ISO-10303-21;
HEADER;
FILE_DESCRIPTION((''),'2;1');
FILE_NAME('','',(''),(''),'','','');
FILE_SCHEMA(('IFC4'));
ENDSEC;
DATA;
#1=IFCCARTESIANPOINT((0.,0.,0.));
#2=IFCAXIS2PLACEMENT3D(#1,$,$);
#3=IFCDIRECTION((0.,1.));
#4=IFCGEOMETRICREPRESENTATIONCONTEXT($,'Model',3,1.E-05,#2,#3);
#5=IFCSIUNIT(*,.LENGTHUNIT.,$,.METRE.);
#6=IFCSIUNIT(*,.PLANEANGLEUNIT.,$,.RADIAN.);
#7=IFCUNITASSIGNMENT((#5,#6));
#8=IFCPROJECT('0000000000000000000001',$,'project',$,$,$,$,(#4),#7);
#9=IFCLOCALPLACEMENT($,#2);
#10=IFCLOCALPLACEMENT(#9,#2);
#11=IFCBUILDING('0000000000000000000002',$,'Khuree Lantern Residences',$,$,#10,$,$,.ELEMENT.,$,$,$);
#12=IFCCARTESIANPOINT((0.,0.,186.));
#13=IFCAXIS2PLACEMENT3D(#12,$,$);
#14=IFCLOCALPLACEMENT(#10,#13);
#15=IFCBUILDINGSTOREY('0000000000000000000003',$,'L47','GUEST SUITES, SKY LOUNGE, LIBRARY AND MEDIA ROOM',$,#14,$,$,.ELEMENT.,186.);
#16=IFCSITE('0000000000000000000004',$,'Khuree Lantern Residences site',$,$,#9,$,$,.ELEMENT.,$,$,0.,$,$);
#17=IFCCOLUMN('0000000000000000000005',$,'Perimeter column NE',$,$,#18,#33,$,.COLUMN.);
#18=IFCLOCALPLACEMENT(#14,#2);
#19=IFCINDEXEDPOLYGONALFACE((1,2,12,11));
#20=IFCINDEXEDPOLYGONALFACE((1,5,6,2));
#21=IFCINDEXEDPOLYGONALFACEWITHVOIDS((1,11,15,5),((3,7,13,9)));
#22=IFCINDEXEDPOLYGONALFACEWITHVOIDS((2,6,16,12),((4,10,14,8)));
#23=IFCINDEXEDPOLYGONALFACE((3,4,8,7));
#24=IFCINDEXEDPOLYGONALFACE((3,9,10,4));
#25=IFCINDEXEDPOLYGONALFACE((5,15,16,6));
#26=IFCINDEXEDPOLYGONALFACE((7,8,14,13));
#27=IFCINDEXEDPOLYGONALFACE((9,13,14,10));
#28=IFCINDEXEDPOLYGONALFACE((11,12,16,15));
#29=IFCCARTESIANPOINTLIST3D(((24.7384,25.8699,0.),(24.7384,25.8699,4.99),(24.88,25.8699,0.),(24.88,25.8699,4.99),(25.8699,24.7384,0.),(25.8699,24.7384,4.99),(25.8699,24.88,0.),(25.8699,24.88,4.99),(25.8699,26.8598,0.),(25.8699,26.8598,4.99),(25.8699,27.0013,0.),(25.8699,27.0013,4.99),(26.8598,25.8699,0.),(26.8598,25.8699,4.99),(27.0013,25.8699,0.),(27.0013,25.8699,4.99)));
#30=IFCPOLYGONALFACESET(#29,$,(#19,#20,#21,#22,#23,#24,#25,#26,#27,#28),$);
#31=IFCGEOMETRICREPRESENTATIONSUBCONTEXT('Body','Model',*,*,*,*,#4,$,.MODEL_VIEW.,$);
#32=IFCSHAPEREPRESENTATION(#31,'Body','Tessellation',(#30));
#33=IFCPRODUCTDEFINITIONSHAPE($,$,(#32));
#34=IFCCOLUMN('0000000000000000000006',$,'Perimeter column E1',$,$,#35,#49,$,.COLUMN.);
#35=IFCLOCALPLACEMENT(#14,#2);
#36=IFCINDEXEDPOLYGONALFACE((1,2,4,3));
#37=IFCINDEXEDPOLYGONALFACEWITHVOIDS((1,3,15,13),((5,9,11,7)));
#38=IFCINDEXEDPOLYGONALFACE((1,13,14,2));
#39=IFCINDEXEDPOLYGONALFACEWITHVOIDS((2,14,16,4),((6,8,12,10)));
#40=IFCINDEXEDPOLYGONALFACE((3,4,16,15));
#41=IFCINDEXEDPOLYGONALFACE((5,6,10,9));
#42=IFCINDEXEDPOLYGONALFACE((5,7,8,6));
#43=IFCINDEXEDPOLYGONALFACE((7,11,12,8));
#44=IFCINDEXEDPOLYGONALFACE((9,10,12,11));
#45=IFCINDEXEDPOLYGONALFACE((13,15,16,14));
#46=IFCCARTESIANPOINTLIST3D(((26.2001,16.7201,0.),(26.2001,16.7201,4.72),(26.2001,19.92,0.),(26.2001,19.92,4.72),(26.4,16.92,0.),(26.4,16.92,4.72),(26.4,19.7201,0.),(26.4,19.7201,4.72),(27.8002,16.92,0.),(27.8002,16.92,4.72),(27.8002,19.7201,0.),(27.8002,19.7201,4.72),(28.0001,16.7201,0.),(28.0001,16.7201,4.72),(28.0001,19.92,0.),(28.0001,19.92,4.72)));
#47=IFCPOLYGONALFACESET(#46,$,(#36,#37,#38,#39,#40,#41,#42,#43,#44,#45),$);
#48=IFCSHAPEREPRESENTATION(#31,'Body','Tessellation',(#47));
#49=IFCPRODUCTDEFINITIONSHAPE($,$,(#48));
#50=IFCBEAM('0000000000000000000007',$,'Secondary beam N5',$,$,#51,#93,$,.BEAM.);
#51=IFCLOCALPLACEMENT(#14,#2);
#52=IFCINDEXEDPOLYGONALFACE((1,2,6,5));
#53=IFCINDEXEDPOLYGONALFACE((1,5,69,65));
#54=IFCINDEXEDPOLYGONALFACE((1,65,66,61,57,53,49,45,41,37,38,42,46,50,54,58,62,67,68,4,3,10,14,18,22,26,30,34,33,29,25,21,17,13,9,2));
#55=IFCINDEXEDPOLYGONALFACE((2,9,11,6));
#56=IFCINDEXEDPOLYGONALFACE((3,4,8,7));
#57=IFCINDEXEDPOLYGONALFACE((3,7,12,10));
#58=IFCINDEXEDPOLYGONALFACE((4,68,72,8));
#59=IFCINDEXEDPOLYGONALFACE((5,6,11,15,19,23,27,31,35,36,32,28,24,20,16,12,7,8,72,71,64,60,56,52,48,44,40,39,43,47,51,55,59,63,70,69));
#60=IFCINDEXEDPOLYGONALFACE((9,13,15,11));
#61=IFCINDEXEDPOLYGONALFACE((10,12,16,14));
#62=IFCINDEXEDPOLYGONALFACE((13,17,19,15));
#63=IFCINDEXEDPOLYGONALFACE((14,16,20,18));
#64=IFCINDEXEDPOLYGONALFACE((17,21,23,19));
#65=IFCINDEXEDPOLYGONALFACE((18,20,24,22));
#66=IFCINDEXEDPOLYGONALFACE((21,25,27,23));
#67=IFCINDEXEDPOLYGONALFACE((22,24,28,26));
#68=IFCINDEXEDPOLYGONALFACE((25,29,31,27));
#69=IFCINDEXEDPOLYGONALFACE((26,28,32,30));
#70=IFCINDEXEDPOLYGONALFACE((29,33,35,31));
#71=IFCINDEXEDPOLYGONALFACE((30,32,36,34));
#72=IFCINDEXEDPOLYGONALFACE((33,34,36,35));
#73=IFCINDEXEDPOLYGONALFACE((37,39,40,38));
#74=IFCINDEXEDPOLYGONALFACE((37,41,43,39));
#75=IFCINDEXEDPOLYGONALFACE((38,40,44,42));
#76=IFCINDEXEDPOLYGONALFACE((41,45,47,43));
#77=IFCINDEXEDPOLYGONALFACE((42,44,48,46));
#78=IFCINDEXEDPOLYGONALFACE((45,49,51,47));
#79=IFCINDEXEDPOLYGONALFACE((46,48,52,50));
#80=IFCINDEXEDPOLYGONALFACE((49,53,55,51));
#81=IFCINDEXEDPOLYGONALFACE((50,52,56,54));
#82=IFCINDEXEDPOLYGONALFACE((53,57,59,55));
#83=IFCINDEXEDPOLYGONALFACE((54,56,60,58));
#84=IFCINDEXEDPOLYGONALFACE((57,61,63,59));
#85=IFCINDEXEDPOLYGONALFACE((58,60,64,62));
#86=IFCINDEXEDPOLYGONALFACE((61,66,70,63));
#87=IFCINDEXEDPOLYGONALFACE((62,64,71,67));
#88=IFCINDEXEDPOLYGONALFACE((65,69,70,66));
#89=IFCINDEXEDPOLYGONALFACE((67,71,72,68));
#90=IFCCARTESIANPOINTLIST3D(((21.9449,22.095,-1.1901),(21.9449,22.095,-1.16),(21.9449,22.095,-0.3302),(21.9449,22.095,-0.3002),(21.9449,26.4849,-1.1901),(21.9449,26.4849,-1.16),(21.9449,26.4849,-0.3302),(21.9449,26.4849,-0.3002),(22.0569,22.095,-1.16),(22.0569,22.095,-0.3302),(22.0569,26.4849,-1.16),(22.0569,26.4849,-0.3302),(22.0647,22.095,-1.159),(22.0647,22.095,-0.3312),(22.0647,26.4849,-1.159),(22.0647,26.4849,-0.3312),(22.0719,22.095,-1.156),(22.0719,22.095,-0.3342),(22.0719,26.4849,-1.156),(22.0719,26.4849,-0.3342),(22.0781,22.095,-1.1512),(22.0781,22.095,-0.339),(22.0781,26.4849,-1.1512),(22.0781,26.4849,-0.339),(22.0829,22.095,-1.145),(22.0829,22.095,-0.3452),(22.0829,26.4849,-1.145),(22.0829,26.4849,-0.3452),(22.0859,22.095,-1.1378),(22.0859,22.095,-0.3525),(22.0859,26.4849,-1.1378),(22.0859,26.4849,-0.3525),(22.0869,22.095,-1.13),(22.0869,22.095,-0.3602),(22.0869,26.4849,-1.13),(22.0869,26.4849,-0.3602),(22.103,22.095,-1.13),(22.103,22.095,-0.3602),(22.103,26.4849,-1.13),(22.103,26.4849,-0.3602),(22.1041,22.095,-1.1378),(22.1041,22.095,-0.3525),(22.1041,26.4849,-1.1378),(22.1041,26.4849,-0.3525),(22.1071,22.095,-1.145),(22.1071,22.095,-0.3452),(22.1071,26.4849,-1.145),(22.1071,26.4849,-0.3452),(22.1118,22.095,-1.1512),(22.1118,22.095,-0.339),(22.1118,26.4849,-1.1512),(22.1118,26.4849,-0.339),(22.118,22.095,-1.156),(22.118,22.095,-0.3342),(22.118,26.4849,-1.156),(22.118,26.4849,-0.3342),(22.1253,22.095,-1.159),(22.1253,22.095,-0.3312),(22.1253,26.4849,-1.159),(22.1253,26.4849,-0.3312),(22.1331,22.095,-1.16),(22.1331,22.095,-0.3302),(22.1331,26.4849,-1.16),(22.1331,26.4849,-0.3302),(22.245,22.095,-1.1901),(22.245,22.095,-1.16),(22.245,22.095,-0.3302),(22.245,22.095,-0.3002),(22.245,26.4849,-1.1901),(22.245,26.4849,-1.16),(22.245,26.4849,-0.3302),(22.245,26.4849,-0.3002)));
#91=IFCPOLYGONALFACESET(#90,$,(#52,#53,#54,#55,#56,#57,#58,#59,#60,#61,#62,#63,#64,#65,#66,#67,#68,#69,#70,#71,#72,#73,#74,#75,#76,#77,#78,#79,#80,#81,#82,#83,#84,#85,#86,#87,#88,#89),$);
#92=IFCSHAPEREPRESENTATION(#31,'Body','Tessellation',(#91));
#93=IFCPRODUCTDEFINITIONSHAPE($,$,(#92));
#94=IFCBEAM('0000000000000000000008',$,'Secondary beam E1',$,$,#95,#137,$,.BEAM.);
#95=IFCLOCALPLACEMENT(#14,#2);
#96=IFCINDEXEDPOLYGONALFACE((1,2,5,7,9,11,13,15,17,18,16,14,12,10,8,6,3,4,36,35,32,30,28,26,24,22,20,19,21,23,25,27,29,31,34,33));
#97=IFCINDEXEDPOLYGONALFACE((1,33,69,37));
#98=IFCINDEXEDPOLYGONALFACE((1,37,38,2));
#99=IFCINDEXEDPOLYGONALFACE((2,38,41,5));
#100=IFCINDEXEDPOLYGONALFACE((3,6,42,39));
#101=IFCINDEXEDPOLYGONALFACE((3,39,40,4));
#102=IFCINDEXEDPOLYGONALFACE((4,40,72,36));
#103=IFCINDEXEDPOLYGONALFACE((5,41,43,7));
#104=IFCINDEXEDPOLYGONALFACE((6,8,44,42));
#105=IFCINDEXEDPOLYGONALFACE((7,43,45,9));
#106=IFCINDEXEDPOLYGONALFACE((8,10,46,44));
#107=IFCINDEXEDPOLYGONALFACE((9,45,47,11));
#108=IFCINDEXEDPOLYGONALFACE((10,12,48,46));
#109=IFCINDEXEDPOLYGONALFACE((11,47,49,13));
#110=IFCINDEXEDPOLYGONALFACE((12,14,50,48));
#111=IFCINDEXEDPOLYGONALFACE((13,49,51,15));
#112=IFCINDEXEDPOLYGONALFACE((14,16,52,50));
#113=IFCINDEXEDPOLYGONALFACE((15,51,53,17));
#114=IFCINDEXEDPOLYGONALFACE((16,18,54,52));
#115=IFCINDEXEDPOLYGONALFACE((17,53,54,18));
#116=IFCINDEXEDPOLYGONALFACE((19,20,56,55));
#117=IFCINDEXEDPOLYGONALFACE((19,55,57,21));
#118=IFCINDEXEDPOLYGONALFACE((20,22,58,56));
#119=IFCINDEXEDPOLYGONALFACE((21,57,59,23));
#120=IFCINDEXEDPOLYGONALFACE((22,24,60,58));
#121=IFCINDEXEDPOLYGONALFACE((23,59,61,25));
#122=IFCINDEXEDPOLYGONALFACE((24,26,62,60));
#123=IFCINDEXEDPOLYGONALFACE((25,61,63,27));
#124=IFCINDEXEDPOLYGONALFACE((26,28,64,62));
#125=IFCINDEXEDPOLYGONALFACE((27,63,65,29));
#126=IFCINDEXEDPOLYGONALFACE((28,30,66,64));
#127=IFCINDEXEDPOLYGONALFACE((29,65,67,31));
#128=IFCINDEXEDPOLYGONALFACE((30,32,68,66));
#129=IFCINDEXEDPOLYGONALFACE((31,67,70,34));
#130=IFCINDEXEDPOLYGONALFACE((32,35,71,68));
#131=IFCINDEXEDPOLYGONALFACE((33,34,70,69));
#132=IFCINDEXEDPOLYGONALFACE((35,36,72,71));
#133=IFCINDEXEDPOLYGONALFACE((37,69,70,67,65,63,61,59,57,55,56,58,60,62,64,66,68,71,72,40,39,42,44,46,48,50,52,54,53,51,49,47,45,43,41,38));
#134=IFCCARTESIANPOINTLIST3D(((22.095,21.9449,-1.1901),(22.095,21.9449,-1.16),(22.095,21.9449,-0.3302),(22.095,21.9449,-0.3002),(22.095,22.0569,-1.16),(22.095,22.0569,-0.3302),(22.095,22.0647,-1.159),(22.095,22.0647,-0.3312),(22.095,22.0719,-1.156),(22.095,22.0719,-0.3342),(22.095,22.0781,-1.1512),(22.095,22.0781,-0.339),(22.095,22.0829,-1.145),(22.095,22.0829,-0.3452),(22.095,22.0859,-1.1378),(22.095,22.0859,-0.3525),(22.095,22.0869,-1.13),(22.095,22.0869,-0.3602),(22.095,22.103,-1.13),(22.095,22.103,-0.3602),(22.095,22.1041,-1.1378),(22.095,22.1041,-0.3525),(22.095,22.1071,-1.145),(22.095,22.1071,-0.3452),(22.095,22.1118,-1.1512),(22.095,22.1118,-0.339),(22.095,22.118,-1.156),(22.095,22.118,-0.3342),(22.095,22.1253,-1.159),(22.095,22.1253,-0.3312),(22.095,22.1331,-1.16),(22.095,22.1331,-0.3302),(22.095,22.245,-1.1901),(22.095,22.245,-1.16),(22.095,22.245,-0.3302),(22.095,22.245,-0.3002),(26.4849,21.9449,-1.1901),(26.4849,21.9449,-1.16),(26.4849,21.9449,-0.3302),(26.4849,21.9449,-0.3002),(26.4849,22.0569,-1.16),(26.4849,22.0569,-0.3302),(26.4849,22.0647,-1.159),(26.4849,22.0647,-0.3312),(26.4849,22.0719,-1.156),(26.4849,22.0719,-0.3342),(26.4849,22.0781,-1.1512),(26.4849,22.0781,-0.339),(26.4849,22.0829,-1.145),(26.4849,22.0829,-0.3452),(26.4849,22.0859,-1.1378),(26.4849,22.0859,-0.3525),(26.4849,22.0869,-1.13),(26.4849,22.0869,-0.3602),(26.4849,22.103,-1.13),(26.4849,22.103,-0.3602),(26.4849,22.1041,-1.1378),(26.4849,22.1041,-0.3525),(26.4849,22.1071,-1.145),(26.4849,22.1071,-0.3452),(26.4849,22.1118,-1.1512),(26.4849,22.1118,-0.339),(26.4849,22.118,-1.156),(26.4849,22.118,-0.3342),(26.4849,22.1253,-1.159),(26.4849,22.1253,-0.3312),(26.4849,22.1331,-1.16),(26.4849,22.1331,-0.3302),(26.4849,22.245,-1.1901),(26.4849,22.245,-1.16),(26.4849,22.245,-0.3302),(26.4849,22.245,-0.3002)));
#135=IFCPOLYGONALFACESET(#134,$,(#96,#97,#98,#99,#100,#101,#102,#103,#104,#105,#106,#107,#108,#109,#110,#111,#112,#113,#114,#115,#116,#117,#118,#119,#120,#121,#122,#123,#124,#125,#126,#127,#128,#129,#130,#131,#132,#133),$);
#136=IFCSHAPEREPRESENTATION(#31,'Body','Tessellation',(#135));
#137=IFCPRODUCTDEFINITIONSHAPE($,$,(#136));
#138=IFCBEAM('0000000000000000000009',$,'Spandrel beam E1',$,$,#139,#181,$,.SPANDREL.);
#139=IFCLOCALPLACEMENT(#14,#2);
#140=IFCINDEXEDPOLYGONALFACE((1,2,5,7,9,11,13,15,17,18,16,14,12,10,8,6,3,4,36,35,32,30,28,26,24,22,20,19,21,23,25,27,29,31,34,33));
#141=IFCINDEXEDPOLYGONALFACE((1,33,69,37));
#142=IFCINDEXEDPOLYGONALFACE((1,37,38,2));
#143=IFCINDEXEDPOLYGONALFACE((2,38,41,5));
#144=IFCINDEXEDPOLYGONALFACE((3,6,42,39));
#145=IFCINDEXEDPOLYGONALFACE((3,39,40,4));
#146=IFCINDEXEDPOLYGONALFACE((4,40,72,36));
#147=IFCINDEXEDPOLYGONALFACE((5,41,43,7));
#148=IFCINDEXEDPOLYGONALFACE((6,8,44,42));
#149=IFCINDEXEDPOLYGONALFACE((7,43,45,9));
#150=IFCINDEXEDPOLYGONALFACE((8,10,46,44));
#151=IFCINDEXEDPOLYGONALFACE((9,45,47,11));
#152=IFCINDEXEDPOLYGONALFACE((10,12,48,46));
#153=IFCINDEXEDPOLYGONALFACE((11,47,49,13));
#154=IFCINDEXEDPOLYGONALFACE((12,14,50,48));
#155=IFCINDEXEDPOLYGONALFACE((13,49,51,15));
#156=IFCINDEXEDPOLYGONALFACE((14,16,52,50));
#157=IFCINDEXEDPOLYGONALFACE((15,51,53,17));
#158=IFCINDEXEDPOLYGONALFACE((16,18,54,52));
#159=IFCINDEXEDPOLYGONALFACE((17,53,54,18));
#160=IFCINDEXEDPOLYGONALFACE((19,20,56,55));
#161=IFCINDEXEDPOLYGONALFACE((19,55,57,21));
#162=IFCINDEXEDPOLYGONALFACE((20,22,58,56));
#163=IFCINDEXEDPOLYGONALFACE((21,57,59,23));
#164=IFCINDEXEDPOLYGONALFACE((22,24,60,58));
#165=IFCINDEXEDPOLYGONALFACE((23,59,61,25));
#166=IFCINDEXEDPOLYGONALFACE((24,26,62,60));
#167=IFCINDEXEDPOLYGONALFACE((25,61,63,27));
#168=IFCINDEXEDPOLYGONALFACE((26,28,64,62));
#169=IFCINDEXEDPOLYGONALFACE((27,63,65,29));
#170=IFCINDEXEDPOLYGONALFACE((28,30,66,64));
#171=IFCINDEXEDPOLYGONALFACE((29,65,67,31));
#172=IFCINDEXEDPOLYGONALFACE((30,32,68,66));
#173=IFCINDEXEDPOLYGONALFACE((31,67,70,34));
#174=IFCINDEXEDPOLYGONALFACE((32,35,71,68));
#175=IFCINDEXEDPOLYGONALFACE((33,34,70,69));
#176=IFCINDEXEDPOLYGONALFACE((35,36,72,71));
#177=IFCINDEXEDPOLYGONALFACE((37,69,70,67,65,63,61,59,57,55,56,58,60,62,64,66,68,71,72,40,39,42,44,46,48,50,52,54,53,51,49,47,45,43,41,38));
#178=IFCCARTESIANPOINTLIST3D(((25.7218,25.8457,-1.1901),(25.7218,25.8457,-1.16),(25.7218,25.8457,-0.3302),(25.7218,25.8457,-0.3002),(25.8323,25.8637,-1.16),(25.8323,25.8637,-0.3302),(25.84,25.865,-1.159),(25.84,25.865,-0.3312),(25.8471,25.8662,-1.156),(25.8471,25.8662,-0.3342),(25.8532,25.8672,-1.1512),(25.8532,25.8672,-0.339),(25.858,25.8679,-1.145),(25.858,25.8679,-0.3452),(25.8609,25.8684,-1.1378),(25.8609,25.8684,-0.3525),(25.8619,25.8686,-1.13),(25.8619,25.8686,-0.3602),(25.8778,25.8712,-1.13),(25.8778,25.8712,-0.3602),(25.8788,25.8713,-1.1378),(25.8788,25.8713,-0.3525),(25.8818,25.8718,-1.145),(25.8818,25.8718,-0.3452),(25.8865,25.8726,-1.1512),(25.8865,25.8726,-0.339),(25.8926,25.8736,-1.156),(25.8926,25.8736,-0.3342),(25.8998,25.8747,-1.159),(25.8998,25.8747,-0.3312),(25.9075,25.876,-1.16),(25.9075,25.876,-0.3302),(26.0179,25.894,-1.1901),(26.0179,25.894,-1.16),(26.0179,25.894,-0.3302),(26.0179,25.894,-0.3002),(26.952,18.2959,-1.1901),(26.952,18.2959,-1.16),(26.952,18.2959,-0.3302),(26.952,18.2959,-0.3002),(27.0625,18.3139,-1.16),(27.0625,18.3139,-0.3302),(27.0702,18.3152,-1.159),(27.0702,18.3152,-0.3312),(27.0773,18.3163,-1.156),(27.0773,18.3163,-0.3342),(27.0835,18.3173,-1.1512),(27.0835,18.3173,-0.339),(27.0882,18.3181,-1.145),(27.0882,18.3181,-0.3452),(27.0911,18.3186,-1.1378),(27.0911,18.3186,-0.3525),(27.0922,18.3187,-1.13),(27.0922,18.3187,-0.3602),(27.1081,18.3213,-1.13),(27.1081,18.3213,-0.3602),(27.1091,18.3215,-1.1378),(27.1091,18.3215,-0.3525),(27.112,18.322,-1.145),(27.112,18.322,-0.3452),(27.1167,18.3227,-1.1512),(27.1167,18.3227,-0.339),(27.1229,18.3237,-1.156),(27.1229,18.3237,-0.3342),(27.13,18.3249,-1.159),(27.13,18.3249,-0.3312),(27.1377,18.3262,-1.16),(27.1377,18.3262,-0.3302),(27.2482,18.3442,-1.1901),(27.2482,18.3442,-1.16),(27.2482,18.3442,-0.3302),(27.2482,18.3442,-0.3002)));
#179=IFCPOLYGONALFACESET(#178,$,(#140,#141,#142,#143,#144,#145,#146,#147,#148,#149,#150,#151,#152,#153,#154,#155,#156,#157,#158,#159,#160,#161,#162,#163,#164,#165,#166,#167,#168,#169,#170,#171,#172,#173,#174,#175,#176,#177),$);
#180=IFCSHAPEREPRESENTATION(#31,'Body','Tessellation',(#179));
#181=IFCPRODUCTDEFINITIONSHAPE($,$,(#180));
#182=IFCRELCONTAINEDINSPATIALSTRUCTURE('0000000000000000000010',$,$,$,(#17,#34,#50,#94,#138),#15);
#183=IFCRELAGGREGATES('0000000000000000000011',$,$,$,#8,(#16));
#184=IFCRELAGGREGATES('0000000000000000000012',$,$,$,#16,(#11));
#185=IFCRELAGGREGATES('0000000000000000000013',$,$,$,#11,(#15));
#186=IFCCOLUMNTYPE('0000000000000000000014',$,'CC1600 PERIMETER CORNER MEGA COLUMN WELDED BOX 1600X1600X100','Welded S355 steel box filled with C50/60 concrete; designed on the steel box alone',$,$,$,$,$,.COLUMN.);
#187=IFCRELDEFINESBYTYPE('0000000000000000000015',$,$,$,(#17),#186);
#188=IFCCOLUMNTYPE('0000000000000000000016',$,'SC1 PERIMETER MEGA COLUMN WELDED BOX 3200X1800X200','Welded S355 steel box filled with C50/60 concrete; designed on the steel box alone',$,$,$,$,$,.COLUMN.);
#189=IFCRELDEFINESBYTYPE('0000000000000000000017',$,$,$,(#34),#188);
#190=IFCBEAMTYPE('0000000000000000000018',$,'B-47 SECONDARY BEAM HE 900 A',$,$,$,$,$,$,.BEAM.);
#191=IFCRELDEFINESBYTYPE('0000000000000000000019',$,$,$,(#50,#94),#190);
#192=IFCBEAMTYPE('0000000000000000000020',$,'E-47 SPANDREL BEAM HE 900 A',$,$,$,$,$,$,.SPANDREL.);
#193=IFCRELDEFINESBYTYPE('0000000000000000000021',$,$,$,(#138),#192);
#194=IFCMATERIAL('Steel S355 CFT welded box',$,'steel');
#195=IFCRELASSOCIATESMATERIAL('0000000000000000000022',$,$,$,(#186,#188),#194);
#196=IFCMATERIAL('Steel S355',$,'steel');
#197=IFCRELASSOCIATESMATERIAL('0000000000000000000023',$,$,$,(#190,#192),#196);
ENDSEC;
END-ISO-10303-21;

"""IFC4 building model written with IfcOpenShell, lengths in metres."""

from ifc_helpers import new_model, si_unit, direction, frame, origin, origin_2d, place, context, subcontext, project, spatial, hollow_rectangle, i_section, extrude, material, material_profile, profile_set, type_object, element, save


model = new_model("IFC4")

# Units and contexts
model_context = context("Model", 3, precision=1e-05, world=origin(), true_north=direction((0.0, 1.0)))
body_context = subcontext(model_context, "Body", "Model", "MODEL_VIEW")
ifc_project = project(units=[si_unit("LENGTHUNIT", "METRE"), si_unit("PLANEANGLEUNIT", "RADIAN")], contexts=[model_context])

# Site, building, storey
site_placement = place(None, origin())
site = spatial("IfcSite", under=ifc_project, at=site_placement, Name="Khuree Lantern Residences site", CompositionType="ELEMENT", RefElevation=0.0)
building_placement = place(site_placement, origin())
building = spatial("IfcBuilding", under=site, at=building_placement, Name="Khuree Lantern Residences", CompositionType="ELEMENT")
storey_placement = place(building_placement, frame((0.0, 0.0, 186.0)))
storey = spatial("IfcBuildingStorey", under=building, at=storey_placement, Name="L47", Description="GUEST SUITES, SKY LOUNGE, LIBRARY AND MEDIA ROOM", CompositionType="ELEMENT", Elevation=186.0)

# Columns
ifc_material_1 = material(Name="Steel S355 CFT welded box", Category="steel")
ifc_material_profile_1 = material_profile(ifc_material_1, hollow_rectangle(XDim=1.6001, YDim=1.6001, WallThickness=0.1001, at=origin_2d()), Name="WELDED BOX 1600X1600X100")
ifc_profile_set_1 = profile_set([ifc_material_profile_1], Name="Steel S355 CFT welded box")
column_type_1 = type_object("IfcColumnType", Name="CC1600 PERIMETER CORNER MEGA COLUMN WELDED BOX 1600X1600X100", Description="Welded S355 steel box filled with C50/60 concrete; designed on the steel box alone", PredefinedType="COLUMN", material=ifc_profile_set_1)
column_1_placement = place(storey_placement, frame((25.8699, 25.8699, 0.0), z_axis=(0.0, 0.0, 1.0), x_axis=(0.707107, -0.707107, 0.0)))
element("IfcColumn", 1, at=column_1_placement, inside=storey, type_object=column_type_1, Name="Perimeter column NE", PredefinedType="COLUMN", context=body_context, shape_type="SweptSolid", body=[
    extrude(hollow_rectangle(XDim=1.6001, YDim=1.6001, WallThickness=0.1001, at=origin_2d()), origin(), (0.0, 0.0, 1.0), 4.99),
])
ifc_material_profile_2 = material_profile(ifc_material_1, hollow_rectangle(XDim=3.2, YDim=1.8, WallThickness=0.2, at=origin_2d()), Name="WELDED BOX 3200X1800X200")
ifc_profile_set_2 = profile_set([ifc_material_profile_2], Name="Steel S355 CFT welded box")
column_type_2 = type_object("IfcColumnType", Name="SC1 PERIMETER MEGA COLUMN WELDED BOX 3200X1800X200", Description="Welded S355 steel box filled with C50/60 concrete; designed on the steel box alone", PredefinedType="COLUMN", material=ifc_profile_set_2)
column_2_placement = place(storey_placement, frame((27.1001, 18.3201, 0.0), z_axis=(0.0, 0.0, 1.0), x_axis=(0.0, 1.0, 0.0)))
element("IfcColumn", 2, at=column_2_placement, inside=storey, type_object=column_type_2, Name="Perimeter column E1", PredefinedType="COLUMN", context=body_context, shape_type="SweptSolid", body=[
    extrude(hollow_rectangle(XDim=3.2, YDim=1.8, WallThickness=0.2, at=origin_2d()), origin(), (0.0, 0.0, 1.0), 4.72),
])

# Beams
ifc_material_2 = material(Name="Steel S355", Category="steel")
ifc_material_profile_3 = material_profile(ifc_material_2, i_section(OverallWidth=0.3, OverallDepth=0.8899, WebThickness=0.0161, FlangeThickness=0.03, FilletRadius=0.03, at=origin_2d()), Name="HE 900 A")
ifc_profile_set_3 = profile_set([ifc_material_profile_3], Name="Steel S355")
beam_type_1 = type_object("IfcBeamType", Name="B-47 SECONDARY BEAM HE 900 A", PredefinedType="BEAM", material=ifc_profile_set_3)
for number, where, z_axis, x_axis, name in (
    (3, (22.095, 26.4849, -0.7451), (0.0, -1.0, 0.0), (1.0, 0.0, 0.0), "Secondary beam N5"),
    (4, (26.4849, 22.095, -0.7451), (-1.0, 0.0, 0.0), (0.0, -1.0, 0.0), "Secondary beam E1"),
):
    element("IfcBeam", number, at=place(storey_placement, frame(where, z_axis=z_axis, x_axis=x_axis)), inside=storey, type_object=beam_type_1, Name=name, PredefinedType="BEAM", context=body_context, shape_type="SweptSolid", body=[
        extrude(i_section(OverallWidth=0.3, OverallDepth=0.8899, WebThickness=0.0161, FlangeThickness=0.03, FilletRadius=0.03, at=origin_2d()), origin(), (0.0, 0.0, 1.0), 4.3899),
    ])
ifc_material_profile_4 = material_profile(ifc_material_2, i_section(OverallWidth=0.3, OverallDepth=0.8899, WebThickness=0.0161, FlangeThickness=0.03, FilletRadius=0.03, at=origin_2d()), Name="HE 900 A")
ifc_profile_set_4 = profile_set([ifc_material_profile_4], Name="Steel S355")
beam_type_2 = type_object("IfcBeamType", Name="E-47 SPANDREL BEAM HE 900 A", PredefinedType="SPANDREL", material=ifc_profile_set_4)
beam_1_placement = place(storey_placement, frame((25.8699, 25.8699, -0.7451), z_axis=(0.160827, -0.986983, 0.0), x_axis=(0.986983, 0.160827, 0.0)))
element("IfcBeam", 5, at=beam_1_placement, inside=storey, type_object=beam_type_2, Name="Spandrel beam E1", PredefinedType="SPANDREL", context=body_context, shape_type="SweptSolid", body=[
    extrude(i_section(OverallWidth=0.3, OverallDepth=0.8899, WebThickness=0.0161, FlangeThickness=0.03, FilletRadius=0.03, at=origin_2d()), origin(), (0.0, 0.0, 1.0), 7.6494),
])

save(model, "model.ifc")
